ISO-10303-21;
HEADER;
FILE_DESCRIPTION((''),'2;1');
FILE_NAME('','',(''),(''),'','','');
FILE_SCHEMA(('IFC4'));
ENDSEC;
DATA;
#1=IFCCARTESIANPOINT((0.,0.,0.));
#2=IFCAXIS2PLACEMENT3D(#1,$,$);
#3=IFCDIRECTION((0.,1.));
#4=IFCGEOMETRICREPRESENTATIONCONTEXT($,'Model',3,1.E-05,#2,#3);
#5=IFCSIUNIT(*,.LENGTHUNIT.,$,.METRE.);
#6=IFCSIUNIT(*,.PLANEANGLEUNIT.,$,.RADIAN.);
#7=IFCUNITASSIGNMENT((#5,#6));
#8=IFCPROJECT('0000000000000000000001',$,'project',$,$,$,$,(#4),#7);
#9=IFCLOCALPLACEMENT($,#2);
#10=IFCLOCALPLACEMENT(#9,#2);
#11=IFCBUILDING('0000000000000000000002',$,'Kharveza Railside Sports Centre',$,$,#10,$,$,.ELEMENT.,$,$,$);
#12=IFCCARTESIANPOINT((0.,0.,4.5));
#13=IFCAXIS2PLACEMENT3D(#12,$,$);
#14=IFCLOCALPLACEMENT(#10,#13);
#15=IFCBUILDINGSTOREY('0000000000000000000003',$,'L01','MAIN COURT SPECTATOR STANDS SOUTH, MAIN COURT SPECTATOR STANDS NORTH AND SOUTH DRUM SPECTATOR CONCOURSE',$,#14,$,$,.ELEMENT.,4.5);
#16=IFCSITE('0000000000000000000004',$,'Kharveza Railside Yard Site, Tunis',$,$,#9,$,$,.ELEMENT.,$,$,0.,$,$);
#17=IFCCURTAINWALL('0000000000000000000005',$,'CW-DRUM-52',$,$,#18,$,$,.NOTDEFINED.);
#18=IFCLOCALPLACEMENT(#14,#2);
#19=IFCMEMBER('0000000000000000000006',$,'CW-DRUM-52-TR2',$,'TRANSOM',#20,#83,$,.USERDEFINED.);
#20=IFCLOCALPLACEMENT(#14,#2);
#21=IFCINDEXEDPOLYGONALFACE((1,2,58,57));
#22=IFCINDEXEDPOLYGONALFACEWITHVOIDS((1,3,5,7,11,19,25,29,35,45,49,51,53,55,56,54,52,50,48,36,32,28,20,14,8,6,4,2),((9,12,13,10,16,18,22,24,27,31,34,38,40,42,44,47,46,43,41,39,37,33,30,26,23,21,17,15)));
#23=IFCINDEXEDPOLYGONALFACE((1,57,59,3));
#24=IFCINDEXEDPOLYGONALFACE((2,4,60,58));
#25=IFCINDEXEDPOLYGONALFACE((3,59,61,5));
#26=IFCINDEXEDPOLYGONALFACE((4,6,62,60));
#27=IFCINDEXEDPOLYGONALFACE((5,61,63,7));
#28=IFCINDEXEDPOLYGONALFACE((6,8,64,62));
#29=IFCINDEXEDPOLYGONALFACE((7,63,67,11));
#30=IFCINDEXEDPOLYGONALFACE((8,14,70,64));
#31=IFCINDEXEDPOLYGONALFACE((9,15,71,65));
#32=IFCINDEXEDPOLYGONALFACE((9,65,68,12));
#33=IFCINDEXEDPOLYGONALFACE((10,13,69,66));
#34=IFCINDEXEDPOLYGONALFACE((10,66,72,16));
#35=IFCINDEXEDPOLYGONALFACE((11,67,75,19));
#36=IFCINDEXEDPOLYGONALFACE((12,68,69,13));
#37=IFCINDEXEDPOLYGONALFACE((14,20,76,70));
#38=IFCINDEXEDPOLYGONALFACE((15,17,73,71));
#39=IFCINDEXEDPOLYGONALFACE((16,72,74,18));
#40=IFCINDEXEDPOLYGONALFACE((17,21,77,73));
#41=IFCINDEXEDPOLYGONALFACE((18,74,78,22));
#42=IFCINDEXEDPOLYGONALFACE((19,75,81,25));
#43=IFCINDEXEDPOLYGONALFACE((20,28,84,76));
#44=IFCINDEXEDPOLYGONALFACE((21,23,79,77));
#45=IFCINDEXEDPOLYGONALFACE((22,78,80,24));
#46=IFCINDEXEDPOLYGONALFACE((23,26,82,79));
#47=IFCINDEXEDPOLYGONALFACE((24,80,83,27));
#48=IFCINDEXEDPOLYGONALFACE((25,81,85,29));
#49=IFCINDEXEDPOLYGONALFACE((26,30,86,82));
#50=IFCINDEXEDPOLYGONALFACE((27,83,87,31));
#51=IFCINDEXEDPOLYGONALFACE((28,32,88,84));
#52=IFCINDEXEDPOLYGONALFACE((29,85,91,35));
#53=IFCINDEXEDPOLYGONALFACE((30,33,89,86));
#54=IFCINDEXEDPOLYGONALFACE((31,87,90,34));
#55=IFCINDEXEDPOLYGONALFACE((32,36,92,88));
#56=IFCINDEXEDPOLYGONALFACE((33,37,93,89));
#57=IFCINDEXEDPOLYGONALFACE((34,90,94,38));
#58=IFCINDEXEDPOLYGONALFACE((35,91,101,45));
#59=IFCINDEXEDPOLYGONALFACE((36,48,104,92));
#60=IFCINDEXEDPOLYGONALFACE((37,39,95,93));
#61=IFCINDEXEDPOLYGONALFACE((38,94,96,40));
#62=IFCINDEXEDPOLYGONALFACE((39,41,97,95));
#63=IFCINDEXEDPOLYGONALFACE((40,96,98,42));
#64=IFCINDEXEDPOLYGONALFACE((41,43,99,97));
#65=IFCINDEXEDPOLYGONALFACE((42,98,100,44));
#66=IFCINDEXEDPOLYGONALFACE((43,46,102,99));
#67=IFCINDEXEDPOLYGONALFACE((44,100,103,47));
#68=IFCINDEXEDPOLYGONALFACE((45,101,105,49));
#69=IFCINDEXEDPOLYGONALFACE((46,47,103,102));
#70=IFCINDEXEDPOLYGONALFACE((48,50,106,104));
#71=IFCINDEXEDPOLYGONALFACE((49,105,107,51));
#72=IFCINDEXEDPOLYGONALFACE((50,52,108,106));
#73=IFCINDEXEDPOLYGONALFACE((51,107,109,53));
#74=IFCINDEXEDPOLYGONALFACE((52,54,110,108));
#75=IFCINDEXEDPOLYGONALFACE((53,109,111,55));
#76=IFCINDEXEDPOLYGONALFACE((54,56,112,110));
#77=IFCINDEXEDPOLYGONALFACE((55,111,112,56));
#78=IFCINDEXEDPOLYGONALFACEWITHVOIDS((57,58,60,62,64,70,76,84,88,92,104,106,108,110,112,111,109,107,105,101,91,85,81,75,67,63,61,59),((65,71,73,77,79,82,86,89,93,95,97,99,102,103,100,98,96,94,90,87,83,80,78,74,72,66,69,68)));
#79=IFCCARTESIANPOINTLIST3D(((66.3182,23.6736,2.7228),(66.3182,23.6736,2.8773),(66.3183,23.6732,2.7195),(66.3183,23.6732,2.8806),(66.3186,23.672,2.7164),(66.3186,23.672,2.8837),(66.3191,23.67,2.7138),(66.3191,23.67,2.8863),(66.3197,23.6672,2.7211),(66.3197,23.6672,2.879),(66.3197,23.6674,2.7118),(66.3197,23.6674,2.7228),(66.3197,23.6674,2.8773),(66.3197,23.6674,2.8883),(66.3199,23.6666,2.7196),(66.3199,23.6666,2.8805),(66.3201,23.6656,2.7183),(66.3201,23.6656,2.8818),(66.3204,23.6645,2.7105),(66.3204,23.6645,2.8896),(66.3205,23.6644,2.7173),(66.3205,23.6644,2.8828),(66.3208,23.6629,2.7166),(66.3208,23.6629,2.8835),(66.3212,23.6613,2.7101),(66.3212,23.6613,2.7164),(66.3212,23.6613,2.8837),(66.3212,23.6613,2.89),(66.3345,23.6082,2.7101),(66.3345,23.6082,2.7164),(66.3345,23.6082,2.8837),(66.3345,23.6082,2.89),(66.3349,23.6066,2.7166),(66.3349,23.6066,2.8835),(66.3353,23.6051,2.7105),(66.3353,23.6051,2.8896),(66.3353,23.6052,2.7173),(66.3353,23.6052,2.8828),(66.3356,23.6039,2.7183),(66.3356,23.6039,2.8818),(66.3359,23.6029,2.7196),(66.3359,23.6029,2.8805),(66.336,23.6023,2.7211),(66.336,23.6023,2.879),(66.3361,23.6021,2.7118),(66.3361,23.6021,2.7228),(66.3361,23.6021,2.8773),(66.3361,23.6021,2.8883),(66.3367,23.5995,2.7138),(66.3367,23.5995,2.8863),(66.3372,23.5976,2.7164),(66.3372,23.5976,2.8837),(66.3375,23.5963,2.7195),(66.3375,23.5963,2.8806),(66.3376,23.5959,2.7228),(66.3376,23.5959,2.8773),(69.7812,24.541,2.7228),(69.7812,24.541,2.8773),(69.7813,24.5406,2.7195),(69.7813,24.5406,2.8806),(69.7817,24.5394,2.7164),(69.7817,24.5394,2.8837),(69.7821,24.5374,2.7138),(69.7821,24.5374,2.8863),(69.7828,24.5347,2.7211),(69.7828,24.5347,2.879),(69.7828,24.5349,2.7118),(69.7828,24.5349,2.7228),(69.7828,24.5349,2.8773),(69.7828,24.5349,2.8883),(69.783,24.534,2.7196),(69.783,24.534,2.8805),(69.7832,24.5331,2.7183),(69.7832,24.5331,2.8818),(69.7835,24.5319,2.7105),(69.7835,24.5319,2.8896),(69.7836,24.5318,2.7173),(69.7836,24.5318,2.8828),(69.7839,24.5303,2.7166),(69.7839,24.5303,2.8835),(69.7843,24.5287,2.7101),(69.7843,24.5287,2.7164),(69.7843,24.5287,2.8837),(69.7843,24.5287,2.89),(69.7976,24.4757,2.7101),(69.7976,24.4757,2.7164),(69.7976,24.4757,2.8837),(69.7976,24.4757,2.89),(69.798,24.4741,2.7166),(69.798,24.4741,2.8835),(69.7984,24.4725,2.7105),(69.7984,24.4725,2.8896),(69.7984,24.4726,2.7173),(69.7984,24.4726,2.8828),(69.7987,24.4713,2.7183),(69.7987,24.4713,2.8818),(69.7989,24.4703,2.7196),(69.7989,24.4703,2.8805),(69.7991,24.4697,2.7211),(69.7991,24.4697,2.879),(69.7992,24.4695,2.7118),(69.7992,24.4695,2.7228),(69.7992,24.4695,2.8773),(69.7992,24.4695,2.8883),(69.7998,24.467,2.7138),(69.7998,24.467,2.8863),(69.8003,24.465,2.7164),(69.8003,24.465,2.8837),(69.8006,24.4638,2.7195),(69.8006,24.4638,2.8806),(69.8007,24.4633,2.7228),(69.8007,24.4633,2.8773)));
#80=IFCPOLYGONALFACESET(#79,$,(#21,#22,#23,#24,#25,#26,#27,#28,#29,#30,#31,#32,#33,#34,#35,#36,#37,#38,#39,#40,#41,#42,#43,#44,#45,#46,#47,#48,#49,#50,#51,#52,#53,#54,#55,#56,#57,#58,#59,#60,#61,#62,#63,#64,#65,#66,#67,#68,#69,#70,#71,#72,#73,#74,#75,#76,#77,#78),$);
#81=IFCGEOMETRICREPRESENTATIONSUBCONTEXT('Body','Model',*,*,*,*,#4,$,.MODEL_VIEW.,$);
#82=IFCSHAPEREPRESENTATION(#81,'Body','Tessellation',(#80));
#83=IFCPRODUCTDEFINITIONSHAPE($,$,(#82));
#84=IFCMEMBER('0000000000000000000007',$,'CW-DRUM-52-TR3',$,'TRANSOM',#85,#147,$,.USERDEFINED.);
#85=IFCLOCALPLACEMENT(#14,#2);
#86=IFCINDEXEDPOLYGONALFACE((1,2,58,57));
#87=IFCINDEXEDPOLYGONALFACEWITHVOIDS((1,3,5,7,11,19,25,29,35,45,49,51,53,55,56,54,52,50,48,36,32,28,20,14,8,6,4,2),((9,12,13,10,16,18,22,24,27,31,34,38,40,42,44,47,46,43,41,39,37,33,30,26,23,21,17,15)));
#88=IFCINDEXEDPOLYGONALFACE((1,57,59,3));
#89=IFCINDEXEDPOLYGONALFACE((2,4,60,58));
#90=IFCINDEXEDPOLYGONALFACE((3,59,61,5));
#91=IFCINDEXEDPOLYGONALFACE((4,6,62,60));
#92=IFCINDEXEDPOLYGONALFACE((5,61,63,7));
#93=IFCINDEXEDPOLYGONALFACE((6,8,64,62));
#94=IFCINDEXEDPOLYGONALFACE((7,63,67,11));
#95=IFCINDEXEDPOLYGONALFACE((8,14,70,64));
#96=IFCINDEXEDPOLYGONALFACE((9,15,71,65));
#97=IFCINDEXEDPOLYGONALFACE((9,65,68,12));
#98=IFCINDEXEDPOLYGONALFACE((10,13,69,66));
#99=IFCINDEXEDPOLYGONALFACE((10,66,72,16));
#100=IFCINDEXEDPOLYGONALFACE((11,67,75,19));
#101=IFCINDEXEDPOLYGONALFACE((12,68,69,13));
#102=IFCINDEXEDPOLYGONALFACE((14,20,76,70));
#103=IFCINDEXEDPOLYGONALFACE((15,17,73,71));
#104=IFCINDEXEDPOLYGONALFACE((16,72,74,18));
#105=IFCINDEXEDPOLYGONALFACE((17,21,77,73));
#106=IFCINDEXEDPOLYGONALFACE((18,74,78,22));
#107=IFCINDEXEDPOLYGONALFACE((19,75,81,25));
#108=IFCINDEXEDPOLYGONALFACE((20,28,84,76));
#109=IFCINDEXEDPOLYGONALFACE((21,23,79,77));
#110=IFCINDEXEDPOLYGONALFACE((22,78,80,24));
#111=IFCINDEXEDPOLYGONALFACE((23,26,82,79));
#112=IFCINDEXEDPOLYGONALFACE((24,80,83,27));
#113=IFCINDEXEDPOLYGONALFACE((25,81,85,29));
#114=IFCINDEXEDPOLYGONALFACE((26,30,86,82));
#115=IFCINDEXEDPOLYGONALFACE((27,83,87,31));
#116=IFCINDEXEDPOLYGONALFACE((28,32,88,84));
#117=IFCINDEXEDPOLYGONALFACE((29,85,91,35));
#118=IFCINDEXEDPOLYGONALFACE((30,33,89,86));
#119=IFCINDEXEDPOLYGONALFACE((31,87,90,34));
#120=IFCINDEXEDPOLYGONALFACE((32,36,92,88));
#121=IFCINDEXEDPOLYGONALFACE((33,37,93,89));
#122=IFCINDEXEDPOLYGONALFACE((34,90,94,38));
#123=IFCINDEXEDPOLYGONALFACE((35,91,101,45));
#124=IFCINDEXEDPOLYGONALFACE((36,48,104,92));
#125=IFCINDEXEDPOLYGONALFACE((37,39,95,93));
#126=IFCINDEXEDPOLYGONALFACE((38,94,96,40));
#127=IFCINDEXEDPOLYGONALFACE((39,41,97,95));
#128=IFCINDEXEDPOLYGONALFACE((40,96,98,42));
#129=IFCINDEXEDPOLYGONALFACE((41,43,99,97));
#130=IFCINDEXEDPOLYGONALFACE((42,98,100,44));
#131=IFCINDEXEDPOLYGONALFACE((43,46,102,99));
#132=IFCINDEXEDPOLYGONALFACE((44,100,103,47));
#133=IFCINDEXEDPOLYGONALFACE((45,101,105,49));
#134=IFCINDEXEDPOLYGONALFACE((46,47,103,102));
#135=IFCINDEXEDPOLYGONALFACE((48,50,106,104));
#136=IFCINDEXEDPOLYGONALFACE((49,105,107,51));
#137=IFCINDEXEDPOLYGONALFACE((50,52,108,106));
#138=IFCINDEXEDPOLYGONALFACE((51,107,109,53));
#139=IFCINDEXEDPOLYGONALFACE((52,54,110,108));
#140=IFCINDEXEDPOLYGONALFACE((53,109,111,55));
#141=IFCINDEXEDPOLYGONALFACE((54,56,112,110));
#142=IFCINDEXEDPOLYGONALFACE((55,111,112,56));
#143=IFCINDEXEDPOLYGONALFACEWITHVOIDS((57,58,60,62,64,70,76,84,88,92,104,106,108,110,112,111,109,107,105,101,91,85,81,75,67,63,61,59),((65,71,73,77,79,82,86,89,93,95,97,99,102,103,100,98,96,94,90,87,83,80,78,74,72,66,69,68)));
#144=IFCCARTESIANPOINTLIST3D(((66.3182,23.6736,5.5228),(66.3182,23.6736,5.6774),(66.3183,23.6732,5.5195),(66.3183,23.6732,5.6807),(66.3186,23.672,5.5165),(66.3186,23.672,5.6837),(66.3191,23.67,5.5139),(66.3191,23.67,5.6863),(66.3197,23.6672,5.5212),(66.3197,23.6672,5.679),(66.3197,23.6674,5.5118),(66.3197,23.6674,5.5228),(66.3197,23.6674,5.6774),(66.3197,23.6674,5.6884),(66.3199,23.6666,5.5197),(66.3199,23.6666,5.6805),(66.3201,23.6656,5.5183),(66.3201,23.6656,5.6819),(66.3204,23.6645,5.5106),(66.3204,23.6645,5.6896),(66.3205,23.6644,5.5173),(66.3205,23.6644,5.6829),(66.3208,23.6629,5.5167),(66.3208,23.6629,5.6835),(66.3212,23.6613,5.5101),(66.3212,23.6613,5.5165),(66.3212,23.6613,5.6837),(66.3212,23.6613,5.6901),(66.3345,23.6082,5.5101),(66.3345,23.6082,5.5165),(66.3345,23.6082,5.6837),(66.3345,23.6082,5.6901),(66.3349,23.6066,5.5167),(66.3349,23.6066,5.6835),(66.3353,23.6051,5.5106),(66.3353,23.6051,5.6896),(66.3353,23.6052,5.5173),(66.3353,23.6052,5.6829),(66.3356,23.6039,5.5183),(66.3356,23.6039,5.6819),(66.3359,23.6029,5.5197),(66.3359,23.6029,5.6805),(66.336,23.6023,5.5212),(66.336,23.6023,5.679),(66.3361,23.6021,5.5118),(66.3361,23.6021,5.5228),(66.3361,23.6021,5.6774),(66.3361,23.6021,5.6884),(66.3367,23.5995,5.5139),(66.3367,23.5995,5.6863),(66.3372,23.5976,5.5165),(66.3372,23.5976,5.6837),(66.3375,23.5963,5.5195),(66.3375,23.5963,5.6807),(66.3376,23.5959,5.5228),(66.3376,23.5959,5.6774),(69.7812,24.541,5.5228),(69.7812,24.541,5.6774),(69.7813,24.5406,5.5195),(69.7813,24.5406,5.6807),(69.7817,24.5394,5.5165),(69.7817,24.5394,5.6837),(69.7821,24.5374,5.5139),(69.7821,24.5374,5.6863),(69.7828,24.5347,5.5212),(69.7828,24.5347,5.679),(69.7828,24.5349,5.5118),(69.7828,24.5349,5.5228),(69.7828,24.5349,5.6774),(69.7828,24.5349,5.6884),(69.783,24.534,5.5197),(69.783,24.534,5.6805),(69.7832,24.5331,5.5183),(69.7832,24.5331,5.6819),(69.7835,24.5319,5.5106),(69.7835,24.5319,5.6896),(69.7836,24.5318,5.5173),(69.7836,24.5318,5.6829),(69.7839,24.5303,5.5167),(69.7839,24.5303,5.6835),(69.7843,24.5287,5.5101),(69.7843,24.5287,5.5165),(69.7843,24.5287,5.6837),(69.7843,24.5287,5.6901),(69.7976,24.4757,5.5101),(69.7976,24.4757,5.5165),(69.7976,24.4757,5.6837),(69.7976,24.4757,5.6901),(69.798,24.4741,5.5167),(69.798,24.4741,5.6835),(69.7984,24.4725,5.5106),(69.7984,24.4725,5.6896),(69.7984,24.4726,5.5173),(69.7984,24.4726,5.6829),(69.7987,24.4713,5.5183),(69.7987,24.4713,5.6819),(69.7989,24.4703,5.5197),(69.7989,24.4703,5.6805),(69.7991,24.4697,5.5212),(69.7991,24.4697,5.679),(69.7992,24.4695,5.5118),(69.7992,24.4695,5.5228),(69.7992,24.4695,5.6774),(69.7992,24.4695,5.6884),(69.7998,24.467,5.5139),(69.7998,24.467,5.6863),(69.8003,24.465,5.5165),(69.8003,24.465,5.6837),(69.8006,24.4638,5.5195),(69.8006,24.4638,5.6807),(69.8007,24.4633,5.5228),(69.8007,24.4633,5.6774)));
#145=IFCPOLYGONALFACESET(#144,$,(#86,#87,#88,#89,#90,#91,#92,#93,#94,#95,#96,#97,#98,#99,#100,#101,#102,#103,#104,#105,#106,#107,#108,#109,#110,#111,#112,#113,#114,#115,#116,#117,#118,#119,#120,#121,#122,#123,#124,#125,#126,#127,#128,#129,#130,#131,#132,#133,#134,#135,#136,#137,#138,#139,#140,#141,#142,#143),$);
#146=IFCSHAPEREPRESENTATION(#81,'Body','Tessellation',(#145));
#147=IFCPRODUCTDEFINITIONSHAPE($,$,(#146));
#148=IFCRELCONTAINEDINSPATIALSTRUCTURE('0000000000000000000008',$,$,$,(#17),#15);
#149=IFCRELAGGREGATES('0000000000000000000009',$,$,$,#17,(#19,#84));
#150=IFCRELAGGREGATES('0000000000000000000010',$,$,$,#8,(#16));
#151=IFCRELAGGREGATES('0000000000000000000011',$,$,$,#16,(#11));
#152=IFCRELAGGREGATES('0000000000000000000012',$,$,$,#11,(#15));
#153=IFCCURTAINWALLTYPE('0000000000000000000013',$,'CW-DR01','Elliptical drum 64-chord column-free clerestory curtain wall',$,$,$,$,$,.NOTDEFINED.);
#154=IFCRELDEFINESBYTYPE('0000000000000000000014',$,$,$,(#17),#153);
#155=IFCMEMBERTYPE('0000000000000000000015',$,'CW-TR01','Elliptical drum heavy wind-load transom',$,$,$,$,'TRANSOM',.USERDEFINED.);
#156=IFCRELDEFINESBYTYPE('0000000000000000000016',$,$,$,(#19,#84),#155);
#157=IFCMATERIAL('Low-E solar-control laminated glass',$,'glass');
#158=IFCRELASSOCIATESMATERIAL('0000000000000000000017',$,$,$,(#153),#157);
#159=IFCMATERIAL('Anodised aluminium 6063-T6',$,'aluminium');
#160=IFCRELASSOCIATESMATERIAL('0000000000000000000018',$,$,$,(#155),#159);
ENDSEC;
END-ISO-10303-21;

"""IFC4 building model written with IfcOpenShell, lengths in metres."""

from ifc_helpers import new_model, si_unit, direction, frame, origin, origin_2d, place, context, subcontext, project, spatial, hollow_rectangle, extrude, material, material_profile, profile_set, type_object, element, aggregate, save


model = new_model("IFC4")

# Units and contexts
model_context = context("Model", 3, precision=1e-05, world=origin(), true_north=direction((0.0, 1.0)))
body_context = subcontext(model_context, "Body", "Model", "MODEL_VIEW")
ifc_project = project(units=[si_unit("LENGTHUNIT", "METRE"), si_unit("PLANEANGLEUNIT", "RADIAN")], contexts=[model_context])

# Site, building, storey
site_placement = place(None, origin())
site = spatial("IfcSite", under=ifc_project, at=site_placement, Name="Kharveza Railside Yard Site, Tunis", CompositionType="ELEMENT", RefElevation=0.0)
building_placement = place(site_placement, origin())
building = spatial("IfcBuilding", under=site, at=building_placement, Name="Kharveza Railside Sports Centre", CompositionType="ELEMENT")
storey_placement = place(building_placement, frame((0.0, 0.0, 4.5)))
storey = spatial("IfcBuildingStorey", under=building, at=storey_placement, Name="L01", Description="MAIN COURT SPECTATOR STANDS SOUTH, MAIN COURT SPECTATOR STANDS NORTH AND SOUTH DRUM SPECTATOR CONCOURSE", CompositionType="ELEMENT", Elevation=4.5)

# Curtain wall
ifc_material_1 = material(Name="Low-E solar-control laminated glass", Category="glass")
curtain_wall_type = type_object("IfcCurtainWallType", Name="CW-DR01", Description="Elliptical drum 64-chord column-free clerestory curtain wall", PredefinedType="NOTDEFINED", material=ifc_material_1)
ifc_material_2 = material(Name="Anodised aluminium 6063-T6", Category="aluminium")
curtain_wall_1_placement = place(storey_placement, origin())
curtain_wall_1 = element("IfcCurtainWall", 1, at=curtain_wall_1_placement, inside=storey, type_object=curtain_wall_type, Name="CW-DRUM-52", PredefinedType="NOTDEFINED")

# Members
ifc_material_profile_1 = material_profile(ifc_material_2, hollow_rectangle(XDim=0.0801, YDim=0.1799, WallThickness=0.0063, InnerFilletRadius=0.0063, OuterFilletRadius=0.0127, at=origin_2d()), Name="RHS 80x180x6.3")
ifc_profile_set_1 = profile_set([ifc_material_profile_1], Name="Anodised aluminium 6063-T6")
member_type_1 = type_object("IfcMemberType", Name="CW-TR01", Description="Elliptical drum heavy wind-load transom", ElementType="TRANSOM", PredefinedType="USERDEFINED", material=ifc_profile_set_1)
member_1_placement = place(storey_placement, frame((66.3279, 23.6348, 2.8), z_axis=(0.970034, 0.24297, 0.0), x_axis=(-0.24297, 0.970034, 0.0)))
member_1 = element("IfcMember", 2, at=member_1_placement, type_object=member_type_1, Name="CW-DRUM-52-TR2", ObjectType="TRANSOM", PredefinedType="USERDEFINED", context=body_context, shape_type="SweptSolid", body=[
    extrude(hollow_rectangle(XDim=0.0801, YDim=0.1799, WallThickness=0.0063, InnerFilletRadius=0.0063, OuterFilletRadius=0.0127, at=origin_2d()), origin(), (0.0, 0.0, 1.0), 3.5701),
])
member_2_placement = place(storey_placement, frame((66.3279, 23.6348, 5.6001), z_axis=(0.970034, 0.24297, 0.0), x_axis=(-0.24297, 0.970034, 0.0)))
member_2 = element("IfcMember", 3, at=member_2_placement, type_object=member_type_1, Name="CW-DRUM-52-TR3", ObjectType="TRANSOM", PredefinedType="USERDEFINED", context=body_context, shape_type="SweptSolid", body=[
    extrude(hollow_rectangle(XDim=0.0801, YDim=0.1799, WallThickness=0.0063, InnerFilletRadius=0.0063, OuterFilletRadius=0.0127, at=origin_2d()), origin(), (0.0, 0.0, 1.0), 3.5701),
])

aggregate(curtain_wall_1, [member_1, member_2])

save(model, "model.ifc")
